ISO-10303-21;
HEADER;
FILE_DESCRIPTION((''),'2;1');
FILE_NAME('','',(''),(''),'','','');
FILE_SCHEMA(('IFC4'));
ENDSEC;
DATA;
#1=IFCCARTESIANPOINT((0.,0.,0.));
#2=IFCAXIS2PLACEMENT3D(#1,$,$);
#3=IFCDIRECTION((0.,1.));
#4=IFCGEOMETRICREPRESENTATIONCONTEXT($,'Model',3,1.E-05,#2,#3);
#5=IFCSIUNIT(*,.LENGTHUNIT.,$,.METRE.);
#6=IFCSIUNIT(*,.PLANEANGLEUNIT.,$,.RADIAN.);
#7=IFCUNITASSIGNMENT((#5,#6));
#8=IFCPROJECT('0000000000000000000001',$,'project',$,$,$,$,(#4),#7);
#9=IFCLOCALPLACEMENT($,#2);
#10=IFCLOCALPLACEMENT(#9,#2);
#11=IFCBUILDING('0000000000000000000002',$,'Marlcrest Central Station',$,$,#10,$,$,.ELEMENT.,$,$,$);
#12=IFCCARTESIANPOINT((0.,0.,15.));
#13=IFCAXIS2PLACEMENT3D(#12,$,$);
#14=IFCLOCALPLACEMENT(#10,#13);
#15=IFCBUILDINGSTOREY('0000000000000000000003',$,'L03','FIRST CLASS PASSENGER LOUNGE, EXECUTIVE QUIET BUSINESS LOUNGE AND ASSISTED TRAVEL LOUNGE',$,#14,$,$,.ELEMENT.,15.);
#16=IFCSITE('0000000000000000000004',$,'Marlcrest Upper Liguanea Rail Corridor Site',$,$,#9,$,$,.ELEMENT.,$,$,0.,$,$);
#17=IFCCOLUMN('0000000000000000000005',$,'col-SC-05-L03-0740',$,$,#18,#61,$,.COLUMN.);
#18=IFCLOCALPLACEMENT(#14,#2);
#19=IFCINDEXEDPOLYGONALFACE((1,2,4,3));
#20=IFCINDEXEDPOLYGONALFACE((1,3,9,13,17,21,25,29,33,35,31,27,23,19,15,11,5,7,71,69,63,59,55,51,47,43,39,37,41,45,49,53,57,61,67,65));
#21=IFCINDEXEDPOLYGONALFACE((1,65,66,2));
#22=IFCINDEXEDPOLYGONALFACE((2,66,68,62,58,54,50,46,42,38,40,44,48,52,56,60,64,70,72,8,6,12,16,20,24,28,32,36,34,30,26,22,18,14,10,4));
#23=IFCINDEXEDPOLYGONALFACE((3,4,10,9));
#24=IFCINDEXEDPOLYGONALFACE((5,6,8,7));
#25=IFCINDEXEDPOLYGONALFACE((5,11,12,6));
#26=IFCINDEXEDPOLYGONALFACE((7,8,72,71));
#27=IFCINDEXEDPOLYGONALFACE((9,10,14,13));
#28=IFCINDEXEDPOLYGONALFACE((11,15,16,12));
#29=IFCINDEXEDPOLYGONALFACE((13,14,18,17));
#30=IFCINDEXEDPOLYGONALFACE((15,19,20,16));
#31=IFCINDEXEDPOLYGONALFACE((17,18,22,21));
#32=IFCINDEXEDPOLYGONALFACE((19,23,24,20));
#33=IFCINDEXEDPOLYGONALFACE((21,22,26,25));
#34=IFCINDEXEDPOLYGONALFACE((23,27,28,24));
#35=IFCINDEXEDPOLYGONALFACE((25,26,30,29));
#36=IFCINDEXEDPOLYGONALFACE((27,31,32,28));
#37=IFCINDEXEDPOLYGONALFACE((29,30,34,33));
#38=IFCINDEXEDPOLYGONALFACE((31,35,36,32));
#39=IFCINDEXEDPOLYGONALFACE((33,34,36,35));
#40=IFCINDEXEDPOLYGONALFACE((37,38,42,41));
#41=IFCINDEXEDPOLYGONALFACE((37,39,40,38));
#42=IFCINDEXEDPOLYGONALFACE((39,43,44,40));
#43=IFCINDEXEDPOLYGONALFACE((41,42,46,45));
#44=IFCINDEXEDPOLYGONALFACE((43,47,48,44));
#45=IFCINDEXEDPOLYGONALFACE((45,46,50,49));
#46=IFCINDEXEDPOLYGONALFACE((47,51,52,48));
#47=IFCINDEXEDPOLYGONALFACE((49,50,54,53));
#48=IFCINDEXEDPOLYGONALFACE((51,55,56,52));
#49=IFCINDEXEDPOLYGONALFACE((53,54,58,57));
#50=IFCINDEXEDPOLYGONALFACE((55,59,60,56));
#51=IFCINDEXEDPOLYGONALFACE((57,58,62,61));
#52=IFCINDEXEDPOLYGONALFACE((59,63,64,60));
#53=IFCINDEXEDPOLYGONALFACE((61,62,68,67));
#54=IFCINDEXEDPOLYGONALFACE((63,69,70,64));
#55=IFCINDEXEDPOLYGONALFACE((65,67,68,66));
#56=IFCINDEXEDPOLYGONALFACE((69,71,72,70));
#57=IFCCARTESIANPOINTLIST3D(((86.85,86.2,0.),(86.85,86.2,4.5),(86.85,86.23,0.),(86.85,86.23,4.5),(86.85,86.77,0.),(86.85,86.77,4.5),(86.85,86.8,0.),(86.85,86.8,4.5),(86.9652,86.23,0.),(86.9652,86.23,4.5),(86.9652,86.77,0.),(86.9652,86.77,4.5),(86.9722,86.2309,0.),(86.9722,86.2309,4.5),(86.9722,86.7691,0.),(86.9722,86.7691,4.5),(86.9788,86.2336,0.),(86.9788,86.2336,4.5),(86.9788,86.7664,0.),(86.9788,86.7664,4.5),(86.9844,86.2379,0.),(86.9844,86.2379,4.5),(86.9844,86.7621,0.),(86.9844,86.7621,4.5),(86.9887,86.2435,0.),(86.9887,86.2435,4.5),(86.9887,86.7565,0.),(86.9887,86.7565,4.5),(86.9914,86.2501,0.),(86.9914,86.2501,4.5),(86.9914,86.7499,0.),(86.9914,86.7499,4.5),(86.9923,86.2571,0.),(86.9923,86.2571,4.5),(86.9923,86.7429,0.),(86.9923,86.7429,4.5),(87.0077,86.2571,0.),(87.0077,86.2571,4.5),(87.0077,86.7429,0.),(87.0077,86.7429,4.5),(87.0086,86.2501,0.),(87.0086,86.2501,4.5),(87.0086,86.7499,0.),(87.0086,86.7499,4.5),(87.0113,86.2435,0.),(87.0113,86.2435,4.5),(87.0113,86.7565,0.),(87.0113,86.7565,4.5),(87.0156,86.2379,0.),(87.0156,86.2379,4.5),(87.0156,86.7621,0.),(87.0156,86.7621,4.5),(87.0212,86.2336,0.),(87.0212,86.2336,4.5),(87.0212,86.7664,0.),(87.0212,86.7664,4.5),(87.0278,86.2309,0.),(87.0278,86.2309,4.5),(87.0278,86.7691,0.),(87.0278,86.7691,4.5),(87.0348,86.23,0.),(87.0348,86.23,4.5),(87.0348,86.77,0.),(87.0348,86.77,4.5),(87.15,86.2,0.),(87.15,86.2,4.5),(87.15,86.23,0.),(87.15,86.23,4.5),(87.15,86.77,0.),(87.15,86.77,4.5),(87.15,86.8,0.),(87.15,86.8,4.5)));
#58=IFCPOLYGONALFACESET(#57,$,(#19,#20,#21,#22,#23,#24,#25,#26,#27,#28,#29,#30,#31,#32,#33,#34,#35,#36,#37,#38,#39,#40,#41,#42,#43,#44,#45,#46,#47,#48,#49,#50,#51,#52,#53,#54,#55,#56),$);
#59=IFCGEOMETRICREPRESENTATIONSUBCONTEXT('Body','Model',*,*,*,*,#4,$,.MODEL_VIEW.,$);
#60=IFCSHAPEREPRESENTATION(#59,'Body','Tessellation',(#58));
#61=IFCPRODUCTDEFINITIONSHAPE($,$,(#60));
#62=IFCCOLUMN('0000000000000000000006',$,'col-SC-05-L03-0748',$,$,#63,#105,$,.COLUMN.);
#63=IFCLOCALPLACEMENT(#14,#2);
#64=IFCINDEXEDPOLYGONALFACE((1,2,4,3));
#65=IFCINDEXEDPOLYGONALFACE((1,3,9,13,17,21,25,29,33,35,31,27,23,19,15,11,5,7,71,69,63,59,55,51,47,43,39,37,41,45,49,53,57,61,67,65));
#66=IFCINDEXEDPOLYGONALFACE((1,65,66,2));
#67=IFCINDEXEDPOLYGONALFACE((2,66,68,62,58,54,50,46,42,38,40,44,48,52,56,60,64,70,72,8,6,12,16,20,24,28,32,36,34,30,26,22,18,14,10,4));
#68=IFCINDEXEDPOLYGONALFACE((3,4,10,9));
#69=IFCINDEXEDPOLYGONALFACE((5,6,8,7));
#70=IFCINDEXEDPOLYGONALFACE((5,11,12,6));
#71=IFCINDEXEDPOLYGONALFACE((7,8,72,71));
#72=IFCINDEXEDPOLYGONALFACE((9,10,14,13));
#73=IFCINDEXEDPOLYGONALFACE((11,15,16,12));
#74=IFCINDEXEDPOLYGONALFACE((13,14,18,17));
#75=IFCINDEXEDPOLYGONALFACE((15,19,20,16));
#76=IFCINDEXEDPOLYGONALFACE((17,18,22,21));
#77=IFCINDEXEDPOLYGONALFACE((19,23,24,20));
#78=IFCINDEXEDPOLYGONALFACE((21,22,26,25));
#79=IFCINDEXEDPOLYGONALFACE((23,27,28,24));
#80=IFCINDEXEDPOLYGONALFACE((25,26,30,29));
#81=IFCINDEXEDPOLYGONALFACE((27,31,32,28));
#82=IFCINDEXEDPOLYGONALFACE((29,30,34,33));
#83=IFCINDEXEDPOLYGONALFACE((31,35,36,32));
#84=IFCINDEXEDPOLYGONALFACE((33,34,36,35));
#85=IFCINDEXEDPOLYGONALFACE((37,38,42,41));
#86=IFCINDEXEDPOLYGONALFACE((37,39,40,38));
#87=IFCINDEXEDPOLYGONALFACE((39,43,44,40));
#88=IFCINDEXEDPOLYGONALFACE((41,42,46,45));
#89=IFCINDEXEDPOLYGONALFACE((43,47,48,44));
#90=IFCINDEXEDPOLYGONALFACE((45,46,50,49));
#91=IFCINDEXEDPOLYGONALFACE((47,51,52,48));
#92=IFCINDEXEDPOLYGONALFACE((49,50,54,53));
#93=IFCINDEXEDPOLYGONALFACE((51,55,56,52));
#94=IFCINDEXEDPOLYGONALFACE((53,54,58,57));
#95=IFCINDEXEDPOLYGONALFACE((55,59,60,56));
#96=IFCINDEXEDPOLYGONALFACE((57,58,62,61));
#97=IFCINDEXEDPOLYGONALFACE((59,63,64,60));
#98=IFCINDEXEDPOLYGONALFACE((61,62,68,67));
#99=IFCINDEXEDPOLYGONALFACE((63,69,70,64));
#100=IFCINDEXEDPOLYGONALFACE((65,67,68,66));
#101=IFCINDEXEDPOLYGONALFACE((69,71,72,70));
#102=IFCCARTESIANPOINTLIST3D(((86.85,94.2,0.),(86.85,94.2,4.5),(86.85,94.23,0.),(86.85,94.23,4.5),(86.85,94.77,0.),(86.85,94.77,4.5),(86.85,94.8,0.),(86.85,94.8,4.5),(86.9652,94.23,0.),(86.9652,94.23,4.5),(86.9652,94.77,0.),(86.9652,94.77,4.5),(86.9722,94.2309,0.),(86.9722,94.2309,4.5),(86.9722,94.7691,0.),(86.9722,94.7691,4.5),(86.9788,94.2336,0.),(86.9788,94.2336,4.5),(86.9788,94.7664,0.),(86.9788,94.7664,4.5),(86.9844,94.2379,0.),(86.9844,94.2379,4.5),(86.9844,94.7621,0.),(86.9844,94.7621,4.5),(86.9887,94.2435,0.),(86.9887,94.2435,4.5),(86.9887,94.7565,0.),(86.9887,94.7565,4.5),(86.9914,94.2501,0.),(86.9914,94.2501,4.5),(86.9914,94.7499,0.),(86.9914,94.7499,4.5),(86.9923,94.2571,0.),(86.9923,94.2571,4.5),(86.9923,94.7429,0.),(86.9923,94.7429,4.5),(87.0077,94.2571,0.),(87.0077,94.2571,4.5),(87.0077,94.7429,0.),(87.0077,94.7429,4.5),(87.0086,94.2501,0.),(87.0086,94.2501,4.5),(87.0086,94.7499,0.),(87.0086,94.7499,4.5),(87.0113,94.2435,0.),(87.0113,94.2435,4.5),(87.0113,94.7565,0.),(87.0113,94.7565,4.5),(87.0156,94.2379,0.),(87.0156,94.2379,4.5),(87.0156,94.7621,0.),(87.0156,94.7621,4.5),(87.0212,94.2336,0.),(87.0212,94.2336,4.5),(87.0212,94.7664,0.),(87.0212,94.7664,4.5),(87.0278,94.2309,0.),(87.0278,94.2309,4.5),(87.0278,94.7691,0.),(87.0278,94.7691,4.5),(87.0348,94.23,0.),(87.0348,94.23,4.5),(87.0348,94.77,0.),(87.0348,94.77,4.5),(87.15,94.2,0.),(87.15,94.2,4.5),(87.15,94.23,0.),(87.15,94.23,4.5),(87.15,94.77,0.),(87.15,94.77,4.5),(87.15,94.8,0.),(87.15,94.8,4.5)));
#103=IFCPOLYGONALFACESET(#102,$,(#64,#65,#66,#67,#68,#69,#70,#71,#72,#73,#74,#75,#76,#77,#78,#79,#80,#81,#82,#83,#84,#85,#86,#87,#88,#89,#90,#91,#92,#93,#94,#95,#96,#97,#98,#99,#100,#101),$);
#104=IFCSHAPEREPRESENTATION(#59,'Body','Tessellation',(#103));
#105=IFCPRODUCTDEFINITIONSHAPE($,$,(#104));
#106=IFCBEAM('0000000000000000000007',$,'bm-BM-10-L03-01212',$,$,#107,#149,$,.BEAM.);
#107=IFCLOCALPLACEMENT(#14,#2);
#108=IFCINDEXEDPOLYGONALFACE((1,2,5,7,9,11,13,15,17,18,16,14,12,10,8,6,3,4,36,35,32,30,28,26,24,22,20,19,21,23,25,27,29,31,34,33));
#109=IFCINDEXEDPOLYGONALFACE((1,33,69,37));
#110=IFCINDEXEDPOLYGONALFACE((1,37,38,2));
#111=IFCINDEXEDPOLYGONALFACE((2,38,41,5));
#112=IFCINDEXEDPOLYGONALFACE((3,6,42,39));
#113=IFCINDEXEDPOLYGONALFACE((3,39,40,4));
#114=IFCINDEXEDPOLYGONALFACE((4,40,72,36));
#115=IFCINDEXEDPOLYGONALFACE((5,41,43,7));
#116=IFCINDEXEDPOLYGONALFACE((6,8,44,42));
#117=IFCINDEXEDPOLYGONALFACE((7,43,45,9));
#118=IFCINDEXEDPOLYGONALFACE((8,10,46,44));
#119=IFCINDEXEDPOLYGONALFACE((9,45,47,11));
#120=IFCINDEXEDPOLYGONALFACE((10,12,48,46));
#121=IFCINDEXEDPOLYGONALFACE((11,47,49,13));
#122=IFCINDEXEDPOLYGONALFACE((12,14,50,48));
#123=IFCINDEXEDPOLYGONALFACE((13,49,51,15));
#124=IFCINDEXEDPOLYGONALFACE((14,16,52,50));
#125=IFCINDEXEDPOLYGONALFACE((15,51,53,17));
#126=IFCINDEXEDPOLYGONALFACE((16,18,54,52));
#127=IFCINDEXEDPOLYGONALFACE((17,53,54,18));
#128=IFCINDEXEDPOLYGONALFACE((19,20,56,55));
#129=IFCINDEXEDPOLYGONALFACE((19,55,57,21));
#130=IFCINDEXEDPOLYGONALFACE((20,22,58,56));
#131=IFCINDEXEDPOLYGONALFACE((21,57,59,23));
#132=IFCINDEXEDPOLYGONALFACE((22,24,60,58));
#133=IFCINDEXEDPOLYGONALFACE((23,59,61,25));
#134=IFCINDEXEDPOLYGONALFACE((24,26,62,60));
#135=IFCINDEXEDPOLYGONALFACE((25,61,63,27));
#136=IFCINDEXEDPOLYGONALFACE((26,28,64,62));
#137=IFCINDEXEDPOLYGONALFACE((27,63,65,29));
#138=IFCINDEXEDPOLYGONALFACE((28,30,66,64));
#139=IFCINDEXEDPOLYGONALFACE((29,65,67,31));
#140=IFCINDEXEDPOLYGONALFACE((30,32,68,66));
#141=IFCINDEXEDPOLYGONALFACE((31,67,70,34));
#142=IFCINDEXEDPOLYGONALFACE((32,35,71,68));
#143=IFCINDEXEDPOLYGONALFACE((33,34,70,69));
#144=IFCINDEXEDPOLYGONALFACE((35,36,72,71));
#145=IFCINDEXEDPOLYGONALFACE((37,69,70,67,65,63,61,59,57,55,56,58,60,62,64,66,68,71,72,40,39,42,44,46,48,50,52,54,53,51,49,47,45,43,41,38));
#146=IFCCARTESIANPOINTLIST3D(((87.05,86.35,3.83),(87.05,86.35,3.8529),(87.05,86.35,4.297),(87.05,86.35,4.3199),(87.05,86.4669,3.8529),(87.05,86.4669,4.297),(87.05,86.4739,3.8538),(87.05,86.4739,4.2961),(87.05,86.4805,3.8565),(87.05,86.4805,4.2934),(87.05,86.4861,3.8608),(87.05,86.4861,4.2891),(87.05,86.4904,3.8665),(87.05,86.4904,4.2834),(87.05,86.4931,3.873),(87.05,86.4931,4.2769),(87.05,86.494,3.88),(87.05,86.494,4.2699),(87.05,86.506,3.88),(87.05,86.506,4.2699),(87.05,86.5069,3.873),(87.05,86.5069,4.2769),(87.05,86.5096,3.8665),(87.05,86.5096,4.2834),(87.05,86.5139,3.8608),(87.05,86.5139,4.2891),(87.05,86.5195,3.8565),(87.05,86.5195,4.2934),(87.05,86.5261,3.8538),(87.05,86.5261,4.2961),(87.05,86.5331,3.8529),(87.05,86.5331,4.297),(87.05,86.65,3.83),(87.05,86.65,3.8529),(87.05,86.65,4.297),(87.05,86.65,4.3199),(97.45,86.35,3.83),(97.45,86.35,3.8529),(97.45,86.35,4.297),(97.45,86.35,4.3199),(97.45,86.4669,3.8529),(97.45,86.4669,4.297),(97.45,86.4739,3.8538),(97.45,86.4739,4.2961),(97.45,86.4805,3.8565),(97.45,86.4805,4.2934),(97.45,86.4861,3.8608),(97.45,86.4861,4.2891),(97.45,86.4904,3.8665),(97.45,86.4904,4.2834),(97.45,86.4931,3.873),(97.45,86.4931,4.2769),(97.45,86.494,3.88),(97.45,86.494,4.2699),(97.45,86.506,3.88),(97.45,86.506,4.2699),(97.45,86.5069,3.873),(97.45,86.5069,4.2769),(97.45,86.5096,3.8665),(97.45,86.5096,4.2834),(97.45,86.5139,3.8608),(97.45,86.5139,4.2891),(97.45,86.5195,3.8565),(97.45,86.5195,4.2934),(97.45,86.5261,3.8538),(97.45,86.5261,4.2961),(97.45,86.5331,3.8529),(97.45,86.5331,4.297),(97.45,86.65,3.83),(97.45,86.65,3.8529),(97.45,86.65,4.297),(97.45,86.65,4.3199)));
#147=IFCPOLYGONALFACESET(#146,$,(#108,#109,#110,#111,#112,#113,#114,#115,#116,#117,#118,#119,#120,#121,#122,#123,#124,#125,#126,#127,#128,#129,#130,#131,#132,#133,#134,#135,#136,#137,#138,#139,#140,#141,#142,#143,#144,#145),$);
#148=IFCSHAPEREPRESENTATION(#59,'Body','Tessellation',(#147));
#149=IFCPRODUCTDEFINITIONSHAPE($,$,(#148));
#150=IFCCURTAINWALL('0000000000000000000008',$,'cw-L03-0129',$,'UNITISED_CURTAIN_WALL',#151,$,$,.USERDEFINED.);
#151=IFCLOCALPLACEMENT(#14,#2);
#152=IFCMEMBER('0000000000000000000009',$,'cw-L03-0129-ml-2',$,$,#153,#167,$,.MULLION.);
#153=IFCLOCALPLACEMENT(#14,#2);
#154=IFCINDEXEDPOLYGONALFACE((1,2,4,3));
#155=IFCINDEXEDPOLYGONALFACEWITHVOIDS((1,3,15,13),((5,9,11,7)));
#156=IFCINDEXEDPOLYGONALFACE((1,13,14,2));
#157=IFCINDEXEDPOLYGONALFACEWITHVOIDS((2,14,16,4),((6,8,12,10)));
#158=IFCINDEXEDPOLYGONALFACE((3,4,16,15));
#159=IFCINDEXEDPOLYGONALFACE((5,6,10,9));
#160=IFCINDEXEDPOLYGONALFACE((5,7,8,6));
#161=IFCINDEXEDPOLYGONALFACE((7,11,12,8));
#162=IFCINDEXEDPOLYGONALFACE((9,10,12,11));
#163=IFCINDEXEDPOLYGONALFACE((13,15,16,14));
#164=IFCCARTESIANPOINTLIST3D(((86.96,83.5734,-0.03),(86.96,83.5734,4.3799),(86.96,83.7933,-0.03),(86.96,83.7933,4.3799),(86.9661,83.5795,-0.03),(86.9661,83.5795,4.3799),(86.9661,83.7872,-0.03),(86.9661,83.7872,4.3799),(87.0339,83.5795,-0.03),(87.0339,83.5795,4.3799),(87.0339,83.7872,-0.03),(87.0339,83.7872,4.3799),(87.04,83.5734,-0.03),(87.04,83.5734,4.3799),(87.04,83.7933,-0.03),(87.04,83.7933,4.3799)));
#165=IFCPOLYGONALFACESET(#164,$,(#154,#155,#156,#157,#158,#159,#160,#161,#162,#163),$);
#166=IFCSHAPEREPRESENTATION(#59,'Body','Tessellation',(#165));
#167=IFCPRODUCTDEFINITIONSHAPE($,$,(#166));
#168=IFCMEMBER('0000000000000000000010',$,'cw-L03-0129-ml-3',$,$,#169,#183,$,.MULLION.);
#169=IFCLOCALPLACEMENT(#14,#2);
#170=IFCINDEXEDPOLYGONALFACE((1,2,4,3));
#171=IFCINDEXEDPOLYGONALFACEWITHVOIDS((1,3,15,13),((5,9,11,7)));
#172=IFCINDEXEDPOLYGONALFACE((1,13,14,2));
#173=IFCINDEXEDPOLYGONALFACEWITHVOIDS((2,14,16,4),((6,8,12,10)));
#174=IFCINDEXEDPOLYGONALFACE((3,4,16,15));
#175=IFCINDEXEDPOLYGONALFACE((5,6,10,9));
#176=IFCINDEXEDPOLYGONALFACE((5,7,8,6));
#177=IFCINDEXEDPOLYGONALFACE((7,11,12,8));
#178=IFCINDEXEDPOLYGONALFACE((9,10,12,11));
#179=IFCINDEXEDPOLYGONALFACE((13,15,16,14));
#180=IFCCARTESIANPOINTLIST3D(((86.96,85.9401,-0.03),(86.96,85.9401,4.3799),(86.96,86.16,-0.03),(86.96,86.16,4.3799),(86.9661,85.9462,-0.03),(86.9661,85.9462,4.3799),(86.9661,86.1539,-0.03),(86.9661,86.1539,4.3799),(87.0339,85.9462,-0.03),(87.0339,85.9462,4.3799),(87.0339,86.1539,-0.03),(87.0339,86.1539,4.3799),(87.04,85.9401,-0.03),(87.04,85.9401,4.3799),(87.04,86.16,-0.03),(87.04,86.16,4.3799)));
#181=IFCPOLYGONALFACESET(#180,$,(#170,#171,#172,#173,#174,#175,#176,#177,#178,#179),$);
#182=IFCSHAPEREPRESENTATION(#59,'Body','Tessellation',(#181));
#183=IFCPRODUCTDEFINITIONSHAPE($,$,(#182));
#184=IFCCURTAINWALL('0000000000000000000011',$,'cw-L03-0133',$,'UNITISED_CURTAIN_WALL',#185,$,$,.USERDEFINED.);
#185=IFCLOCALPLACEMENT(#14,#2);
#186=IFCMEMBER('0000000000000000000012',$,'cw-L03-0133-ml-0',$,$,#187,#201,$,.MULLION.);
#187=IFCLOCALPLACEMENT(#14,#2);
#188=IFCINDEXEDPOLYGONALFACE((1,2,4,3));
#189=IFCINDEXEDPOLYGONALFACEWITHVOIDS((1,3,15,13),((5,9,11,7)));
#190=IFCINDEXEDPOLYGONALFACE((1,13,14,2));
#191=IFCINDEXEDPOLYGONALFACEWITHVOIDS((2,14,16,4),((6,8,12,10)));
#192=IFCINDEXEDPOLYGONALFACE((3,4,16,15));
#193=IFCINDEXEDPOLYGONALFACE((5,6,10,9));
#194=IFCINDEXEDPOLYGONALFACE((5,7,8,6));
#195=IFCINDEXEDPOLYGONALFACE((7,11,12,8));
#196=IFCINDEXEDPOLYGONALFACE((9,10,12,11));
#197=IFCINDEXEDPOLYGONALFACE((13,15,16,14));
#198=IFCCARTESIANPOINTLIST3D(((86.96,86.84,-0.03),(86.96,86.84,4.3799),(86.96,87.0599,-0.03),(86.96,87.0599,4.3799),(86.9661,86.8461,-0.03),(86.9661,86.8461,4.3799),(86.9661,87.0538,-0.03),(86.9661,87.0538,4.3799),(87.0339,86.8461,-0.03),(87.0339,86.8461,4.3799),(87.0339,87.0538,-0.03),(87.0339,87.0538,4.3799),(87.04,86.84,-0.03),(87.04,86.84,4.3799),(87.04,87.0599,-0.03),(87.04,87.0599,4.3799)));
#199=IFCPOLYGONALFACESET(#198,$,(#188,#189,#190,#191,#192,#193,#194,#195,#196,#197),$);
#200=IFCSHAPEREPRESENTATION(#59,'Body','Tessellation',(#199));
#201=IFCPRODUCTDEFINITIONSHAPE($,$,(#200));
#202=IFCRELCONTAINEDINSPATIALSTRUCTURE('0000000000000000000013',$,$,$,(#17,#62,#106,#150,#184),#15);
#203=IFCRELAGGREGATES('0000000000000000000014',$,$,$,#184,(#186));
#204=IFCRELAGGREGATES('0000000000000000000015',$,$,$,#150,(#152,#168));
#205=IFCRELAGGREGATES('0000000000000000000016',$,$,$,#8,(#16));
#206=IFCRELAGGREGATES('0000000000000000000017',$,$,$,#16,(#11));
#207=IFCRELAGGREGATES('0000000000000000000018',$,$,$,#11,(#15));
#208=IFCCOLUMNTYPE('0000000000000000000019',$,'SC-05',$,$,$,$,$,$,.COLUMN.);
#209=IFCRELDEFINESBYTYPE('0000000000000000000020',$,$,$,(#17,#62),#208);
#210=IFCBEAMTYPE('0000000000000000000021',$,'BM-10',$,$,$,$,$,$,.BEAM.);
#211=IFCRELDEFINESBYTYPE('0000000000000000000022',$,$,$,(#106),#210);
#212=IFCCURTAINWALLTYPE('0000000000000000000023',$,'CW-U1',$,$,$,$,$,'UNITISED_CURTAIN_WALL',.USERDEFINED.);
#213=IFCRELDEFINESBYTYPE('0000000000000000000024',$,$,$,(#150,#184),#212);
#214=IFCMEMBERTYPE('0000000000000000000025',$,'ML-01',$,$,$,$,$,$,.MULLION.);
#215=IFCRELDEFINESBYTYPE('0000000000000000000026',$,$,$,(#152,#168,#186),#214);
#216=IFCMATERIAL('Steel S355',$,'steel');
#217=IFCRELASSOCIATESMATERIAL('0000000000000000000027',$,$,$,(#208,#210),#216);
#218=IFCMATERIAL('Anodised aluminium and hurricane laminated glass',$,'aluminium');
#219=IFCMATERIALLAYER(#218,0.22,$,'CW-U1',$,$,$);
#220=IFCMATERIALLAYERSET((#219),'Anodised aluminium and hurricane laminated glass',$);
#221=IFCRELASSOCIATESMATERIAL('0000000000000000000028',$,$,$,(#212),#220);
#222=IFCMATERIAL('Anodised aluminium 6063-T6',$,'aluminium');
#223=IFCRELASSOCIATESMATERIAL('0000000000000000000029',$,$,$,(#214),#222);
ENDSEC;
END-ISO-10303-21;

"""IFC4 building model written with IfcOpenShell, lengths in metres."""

from ifc_helpers import new_model, si_unit, direction, frame, origin, origin_2d, place, context, subcontext, project, spatial, hollow_rectangle, i_section, extrude, material, layer, layer_set, material_profile, profile_set, type_object, element, aggregate, save


model = new_model("IFC4")

# Units and contexts
model_context = context("Model", 3, precision=1e-05, world=origin(), true_north=direction((0.0, 1.0)))
body_context = subcontext(model_context, "Body", "Model", "MODEL_VIEW")
ifc_project = project(units=[si_unit("LENGTHUNIT", "METRE"), si_unit("PLANEANGLEUNIT", "RADIAN")], contexts=[model_context])

# Site, building, storey
site_placement = place(None, origin())
site = spatial("IfcSite", under=ifc_project, at=site_placement, Name="Marlcrest Upper Liguanea Rail Corridor Site", CompositionType="ELEMENT", RefElevation=0.0)
building_placement = place(site_placement, origin())
building = spatial("IfcBuilding", under=site, at=building_placement, Name="Marlcrest Central Station", CompositionType="ELEMENT")
storey_placement = place(building_placement, frame((0.0, 0.0, 15.0)))
storey = spatial("IfcBuildingStorey", under=building, at=storey_placement, Name="L03", Description="FIRST CLASS PASSENGER LOUNGE, EXECUTIVE QUIET BUSINESS LOUNGE AND ASSISTED TRAVEL LOUNGE", CompositionType="ELEMENT", Elevation=15.0)

# Columns
ifc_material_1 = material(Name="Steel S355", Category="steel")
ifc_material_profile_1 = material_profile(ifc_material_1, i_section(OverallWidth=0.3, OverallDepth=0.6001, WebThickness=0.0154, FlangeThickness=0.03, FilletRadius=0.0271, at=origin_2d()), Name="HEB 600")
ifc_profile_set_1 = profile_set([ifc_material_profile_1], Name="Steel S355")
column_type = type_object("IfcColumnType", Name="SC-05", PredefinedType="COLUMN", material=ifc_profile_set_1)
for number, where, z_axis, x_axis, name in (
    (1, (87.0, 86.5, 0.0), (0.0, 0.0, 1.0), (1.0, 0.0, 0.0), "col-SC-05-L03-0740"),
    (2, (87.0, 94.5, 0.0), (0.0, 0.0, 1.0), (1.0, 0.0, 0.0), "col-SC-05-L03-0748"),
):
    element("IfcColumn", number, at=place(storey_placement, frame(where, z_axis=z_axis, x_axis=x_axis)), inside=storey, type_object=column_type, Name=name, PredefinedType="COLUMN", context=body_context, shape_type="SweptSolid", body=[
        extrude(i_section(OverallWidth=0.3, OverallDepth=0.6001, WebThickness=0.0154, FlangeThickness=0.03, FilletRadius=0.0271, at=origin_2d()), origin(), (0.0, 0.0, 1.0), 4.5),
    ])

# Beam
ifc_material_profile_2 = material_profile(ifc_material_1, i_section(OverallWidth=0.3, OverallDepth=0.49, WebThickness=0.012, FlangeThickness=0.0229, FilletRadius=0.0271, at=origin_2d()), Name="HEA 500")
ifc_profile_set_2 = profile_set([ifc_material_profile_2], Name="Steel S355")
beam_type = type_object("IfcBeamType", Name="BM-10", PredefinedType="BEAM", material=ifc_profile_set_2)
beam_placement = place(storey_placement, frame((87.05, 86.5, 4.075), z_axis=(1.0, 0.0, 0.0), x_axis=(0.0, 1.0, 0.0)))
element("IfcBeam", 3, at=beam_placement, inside=storey, type_object=beam_type, Name="bm-BM-10-L03-01212", PredefinedType="BEAM", context=body_context, shape_type="SweptSolid", body=[
    extrude(i_section(OverallWidth=0.3, OverallDepth=0.49, WebThickness=0.012, FlangeThickness=0.0229, FilletRadius=0.0271, at=origin_2d()), origin(), (0.0, 0.0, 1.0), 10.3999),
])

# Curtain walls, members
ifc_material_2 = material(Name="Anodised aluminium and hurricane laminated glass", Category="aluminium")
ifc_layer_1 = layer(ifc_material_2, 0.22, Name="CW-U1")
ifc_layer_set_1 = layer_set([ifc_layer_1], Name="Anodised aluminium and hurricane laminated glass")
curtain_wall_type = type_object("IfcCurtainWallType", Name="CW-U1", ElementType="UNITISED_CURTAIN_WALL", PredefinedType="USERDEFINED", material=ifc_layer_set_1)
curtain_wall_1_placement = place(storey_placement, origin())
curtain_wall_1 = element("IfcCurtainWall", 4, at=curtain_wall_1_placement, inside=storey, type_object=curtain_wall_type, Name="cw-L03-0129", ObjectType="UNITISED_CURTAIN_WALL", PredefinedType="USERDEFINED")
ifc_material_3 = material(Name="Anodised aluminium 6063-T6", Category="aluminium")
ifc_material_profile_3 = material_profile(ifc_material_3, hollow_rectangle(XDim=0.0801, YDim=0.22, WallThickness=0.0061, at=origin_2d()), Name="AA-RHS 220x80x6")
ifc_profile_set_3 = profile_set([ifc_material_profile_3], Name="Anodised aluminium 6063-T6")
member_type_1 = type_object("IfcMemberType", Name="ML-01", PredefinedType="MULLION", material=ifc_profile_set_3)
member_1_placement = place(storey_placement, frame((87.0, 83.6833, -0.03), z_axis=(0.0, 0.0, 1.0), x_axis=(1.0, 0.0, 0.0)))
member_1 = element("IfcMember", 5, at=member_1_placement, type_object=member_type_1, Name="cw-L03-0129-ml-2", PredefinedType="MULLION", context=body_context, shape_type="SweptSolid", body=[
    extrude(hollow_rectangle(XDim=0.0801, YDim=0.22, WallThickness=0.0061, at=origin_2d()), origin(), (0.0, 0.0, 1.0), 4.4099),
])
member_2_placement = place(storey_placement, frame((87.0, 86.05, -0.03), z_axis=(0.0, 0.0, 1.0), x_axis=(1.0, 0.0, 0.0)))
member_2 = element("IfcMember", 6, at=member_2_placement, type_object=member_type_1, Name="cw-L03-0129-ml-3", PredefinedType="MULLION", context=body_context, shape_type="SweptSolid", body=[
    extrude(hollow_rectangle(XDim=0.0801, YDim=0.22, WallThickness=0.0061, at=origin_2d()), origin(), (0.0, 0.0, 1.0), 4.4099),
])
curtain_wall_2_placement = place(storey_placement, origin())
curtain_wall_2 = element("IfcCurtainWall", 7, at=curtain_wall_2_placement, inside=storey, type_object=curtain_wall_type, Name="cw-L03-0133", ObjectType="UNITISED_CURTAIN_WALL", PredefinedType="USERDEFINED")
member_3_placement = place(storey_placement, frame((87.0, 86.95, -0.03), z_axis=(0.0, 0.0, 1.0), x_axis=(1.0, 0.0, 0.0)))
member_3 = element("IfcMember", 8, at=member_3_placement, type_object=member_type_1, Name="cw-L03-0133-ml-0", PredefinedType="MULLION", context=body_context, shape_type="SweptSolid", body=[
    extrude(hollow_rectangle(XDim=0.0801, YDim=0.22, WallThickness=0.0061, at=origin_2d()), origin(), (0.0, 0.0, 1.0), 4.4099),
])

aggregate(curtain_wall_2, [member_3])
aggregate(curtain_wall_1, [member_1, member_2])

save(model, "model.ifc")
